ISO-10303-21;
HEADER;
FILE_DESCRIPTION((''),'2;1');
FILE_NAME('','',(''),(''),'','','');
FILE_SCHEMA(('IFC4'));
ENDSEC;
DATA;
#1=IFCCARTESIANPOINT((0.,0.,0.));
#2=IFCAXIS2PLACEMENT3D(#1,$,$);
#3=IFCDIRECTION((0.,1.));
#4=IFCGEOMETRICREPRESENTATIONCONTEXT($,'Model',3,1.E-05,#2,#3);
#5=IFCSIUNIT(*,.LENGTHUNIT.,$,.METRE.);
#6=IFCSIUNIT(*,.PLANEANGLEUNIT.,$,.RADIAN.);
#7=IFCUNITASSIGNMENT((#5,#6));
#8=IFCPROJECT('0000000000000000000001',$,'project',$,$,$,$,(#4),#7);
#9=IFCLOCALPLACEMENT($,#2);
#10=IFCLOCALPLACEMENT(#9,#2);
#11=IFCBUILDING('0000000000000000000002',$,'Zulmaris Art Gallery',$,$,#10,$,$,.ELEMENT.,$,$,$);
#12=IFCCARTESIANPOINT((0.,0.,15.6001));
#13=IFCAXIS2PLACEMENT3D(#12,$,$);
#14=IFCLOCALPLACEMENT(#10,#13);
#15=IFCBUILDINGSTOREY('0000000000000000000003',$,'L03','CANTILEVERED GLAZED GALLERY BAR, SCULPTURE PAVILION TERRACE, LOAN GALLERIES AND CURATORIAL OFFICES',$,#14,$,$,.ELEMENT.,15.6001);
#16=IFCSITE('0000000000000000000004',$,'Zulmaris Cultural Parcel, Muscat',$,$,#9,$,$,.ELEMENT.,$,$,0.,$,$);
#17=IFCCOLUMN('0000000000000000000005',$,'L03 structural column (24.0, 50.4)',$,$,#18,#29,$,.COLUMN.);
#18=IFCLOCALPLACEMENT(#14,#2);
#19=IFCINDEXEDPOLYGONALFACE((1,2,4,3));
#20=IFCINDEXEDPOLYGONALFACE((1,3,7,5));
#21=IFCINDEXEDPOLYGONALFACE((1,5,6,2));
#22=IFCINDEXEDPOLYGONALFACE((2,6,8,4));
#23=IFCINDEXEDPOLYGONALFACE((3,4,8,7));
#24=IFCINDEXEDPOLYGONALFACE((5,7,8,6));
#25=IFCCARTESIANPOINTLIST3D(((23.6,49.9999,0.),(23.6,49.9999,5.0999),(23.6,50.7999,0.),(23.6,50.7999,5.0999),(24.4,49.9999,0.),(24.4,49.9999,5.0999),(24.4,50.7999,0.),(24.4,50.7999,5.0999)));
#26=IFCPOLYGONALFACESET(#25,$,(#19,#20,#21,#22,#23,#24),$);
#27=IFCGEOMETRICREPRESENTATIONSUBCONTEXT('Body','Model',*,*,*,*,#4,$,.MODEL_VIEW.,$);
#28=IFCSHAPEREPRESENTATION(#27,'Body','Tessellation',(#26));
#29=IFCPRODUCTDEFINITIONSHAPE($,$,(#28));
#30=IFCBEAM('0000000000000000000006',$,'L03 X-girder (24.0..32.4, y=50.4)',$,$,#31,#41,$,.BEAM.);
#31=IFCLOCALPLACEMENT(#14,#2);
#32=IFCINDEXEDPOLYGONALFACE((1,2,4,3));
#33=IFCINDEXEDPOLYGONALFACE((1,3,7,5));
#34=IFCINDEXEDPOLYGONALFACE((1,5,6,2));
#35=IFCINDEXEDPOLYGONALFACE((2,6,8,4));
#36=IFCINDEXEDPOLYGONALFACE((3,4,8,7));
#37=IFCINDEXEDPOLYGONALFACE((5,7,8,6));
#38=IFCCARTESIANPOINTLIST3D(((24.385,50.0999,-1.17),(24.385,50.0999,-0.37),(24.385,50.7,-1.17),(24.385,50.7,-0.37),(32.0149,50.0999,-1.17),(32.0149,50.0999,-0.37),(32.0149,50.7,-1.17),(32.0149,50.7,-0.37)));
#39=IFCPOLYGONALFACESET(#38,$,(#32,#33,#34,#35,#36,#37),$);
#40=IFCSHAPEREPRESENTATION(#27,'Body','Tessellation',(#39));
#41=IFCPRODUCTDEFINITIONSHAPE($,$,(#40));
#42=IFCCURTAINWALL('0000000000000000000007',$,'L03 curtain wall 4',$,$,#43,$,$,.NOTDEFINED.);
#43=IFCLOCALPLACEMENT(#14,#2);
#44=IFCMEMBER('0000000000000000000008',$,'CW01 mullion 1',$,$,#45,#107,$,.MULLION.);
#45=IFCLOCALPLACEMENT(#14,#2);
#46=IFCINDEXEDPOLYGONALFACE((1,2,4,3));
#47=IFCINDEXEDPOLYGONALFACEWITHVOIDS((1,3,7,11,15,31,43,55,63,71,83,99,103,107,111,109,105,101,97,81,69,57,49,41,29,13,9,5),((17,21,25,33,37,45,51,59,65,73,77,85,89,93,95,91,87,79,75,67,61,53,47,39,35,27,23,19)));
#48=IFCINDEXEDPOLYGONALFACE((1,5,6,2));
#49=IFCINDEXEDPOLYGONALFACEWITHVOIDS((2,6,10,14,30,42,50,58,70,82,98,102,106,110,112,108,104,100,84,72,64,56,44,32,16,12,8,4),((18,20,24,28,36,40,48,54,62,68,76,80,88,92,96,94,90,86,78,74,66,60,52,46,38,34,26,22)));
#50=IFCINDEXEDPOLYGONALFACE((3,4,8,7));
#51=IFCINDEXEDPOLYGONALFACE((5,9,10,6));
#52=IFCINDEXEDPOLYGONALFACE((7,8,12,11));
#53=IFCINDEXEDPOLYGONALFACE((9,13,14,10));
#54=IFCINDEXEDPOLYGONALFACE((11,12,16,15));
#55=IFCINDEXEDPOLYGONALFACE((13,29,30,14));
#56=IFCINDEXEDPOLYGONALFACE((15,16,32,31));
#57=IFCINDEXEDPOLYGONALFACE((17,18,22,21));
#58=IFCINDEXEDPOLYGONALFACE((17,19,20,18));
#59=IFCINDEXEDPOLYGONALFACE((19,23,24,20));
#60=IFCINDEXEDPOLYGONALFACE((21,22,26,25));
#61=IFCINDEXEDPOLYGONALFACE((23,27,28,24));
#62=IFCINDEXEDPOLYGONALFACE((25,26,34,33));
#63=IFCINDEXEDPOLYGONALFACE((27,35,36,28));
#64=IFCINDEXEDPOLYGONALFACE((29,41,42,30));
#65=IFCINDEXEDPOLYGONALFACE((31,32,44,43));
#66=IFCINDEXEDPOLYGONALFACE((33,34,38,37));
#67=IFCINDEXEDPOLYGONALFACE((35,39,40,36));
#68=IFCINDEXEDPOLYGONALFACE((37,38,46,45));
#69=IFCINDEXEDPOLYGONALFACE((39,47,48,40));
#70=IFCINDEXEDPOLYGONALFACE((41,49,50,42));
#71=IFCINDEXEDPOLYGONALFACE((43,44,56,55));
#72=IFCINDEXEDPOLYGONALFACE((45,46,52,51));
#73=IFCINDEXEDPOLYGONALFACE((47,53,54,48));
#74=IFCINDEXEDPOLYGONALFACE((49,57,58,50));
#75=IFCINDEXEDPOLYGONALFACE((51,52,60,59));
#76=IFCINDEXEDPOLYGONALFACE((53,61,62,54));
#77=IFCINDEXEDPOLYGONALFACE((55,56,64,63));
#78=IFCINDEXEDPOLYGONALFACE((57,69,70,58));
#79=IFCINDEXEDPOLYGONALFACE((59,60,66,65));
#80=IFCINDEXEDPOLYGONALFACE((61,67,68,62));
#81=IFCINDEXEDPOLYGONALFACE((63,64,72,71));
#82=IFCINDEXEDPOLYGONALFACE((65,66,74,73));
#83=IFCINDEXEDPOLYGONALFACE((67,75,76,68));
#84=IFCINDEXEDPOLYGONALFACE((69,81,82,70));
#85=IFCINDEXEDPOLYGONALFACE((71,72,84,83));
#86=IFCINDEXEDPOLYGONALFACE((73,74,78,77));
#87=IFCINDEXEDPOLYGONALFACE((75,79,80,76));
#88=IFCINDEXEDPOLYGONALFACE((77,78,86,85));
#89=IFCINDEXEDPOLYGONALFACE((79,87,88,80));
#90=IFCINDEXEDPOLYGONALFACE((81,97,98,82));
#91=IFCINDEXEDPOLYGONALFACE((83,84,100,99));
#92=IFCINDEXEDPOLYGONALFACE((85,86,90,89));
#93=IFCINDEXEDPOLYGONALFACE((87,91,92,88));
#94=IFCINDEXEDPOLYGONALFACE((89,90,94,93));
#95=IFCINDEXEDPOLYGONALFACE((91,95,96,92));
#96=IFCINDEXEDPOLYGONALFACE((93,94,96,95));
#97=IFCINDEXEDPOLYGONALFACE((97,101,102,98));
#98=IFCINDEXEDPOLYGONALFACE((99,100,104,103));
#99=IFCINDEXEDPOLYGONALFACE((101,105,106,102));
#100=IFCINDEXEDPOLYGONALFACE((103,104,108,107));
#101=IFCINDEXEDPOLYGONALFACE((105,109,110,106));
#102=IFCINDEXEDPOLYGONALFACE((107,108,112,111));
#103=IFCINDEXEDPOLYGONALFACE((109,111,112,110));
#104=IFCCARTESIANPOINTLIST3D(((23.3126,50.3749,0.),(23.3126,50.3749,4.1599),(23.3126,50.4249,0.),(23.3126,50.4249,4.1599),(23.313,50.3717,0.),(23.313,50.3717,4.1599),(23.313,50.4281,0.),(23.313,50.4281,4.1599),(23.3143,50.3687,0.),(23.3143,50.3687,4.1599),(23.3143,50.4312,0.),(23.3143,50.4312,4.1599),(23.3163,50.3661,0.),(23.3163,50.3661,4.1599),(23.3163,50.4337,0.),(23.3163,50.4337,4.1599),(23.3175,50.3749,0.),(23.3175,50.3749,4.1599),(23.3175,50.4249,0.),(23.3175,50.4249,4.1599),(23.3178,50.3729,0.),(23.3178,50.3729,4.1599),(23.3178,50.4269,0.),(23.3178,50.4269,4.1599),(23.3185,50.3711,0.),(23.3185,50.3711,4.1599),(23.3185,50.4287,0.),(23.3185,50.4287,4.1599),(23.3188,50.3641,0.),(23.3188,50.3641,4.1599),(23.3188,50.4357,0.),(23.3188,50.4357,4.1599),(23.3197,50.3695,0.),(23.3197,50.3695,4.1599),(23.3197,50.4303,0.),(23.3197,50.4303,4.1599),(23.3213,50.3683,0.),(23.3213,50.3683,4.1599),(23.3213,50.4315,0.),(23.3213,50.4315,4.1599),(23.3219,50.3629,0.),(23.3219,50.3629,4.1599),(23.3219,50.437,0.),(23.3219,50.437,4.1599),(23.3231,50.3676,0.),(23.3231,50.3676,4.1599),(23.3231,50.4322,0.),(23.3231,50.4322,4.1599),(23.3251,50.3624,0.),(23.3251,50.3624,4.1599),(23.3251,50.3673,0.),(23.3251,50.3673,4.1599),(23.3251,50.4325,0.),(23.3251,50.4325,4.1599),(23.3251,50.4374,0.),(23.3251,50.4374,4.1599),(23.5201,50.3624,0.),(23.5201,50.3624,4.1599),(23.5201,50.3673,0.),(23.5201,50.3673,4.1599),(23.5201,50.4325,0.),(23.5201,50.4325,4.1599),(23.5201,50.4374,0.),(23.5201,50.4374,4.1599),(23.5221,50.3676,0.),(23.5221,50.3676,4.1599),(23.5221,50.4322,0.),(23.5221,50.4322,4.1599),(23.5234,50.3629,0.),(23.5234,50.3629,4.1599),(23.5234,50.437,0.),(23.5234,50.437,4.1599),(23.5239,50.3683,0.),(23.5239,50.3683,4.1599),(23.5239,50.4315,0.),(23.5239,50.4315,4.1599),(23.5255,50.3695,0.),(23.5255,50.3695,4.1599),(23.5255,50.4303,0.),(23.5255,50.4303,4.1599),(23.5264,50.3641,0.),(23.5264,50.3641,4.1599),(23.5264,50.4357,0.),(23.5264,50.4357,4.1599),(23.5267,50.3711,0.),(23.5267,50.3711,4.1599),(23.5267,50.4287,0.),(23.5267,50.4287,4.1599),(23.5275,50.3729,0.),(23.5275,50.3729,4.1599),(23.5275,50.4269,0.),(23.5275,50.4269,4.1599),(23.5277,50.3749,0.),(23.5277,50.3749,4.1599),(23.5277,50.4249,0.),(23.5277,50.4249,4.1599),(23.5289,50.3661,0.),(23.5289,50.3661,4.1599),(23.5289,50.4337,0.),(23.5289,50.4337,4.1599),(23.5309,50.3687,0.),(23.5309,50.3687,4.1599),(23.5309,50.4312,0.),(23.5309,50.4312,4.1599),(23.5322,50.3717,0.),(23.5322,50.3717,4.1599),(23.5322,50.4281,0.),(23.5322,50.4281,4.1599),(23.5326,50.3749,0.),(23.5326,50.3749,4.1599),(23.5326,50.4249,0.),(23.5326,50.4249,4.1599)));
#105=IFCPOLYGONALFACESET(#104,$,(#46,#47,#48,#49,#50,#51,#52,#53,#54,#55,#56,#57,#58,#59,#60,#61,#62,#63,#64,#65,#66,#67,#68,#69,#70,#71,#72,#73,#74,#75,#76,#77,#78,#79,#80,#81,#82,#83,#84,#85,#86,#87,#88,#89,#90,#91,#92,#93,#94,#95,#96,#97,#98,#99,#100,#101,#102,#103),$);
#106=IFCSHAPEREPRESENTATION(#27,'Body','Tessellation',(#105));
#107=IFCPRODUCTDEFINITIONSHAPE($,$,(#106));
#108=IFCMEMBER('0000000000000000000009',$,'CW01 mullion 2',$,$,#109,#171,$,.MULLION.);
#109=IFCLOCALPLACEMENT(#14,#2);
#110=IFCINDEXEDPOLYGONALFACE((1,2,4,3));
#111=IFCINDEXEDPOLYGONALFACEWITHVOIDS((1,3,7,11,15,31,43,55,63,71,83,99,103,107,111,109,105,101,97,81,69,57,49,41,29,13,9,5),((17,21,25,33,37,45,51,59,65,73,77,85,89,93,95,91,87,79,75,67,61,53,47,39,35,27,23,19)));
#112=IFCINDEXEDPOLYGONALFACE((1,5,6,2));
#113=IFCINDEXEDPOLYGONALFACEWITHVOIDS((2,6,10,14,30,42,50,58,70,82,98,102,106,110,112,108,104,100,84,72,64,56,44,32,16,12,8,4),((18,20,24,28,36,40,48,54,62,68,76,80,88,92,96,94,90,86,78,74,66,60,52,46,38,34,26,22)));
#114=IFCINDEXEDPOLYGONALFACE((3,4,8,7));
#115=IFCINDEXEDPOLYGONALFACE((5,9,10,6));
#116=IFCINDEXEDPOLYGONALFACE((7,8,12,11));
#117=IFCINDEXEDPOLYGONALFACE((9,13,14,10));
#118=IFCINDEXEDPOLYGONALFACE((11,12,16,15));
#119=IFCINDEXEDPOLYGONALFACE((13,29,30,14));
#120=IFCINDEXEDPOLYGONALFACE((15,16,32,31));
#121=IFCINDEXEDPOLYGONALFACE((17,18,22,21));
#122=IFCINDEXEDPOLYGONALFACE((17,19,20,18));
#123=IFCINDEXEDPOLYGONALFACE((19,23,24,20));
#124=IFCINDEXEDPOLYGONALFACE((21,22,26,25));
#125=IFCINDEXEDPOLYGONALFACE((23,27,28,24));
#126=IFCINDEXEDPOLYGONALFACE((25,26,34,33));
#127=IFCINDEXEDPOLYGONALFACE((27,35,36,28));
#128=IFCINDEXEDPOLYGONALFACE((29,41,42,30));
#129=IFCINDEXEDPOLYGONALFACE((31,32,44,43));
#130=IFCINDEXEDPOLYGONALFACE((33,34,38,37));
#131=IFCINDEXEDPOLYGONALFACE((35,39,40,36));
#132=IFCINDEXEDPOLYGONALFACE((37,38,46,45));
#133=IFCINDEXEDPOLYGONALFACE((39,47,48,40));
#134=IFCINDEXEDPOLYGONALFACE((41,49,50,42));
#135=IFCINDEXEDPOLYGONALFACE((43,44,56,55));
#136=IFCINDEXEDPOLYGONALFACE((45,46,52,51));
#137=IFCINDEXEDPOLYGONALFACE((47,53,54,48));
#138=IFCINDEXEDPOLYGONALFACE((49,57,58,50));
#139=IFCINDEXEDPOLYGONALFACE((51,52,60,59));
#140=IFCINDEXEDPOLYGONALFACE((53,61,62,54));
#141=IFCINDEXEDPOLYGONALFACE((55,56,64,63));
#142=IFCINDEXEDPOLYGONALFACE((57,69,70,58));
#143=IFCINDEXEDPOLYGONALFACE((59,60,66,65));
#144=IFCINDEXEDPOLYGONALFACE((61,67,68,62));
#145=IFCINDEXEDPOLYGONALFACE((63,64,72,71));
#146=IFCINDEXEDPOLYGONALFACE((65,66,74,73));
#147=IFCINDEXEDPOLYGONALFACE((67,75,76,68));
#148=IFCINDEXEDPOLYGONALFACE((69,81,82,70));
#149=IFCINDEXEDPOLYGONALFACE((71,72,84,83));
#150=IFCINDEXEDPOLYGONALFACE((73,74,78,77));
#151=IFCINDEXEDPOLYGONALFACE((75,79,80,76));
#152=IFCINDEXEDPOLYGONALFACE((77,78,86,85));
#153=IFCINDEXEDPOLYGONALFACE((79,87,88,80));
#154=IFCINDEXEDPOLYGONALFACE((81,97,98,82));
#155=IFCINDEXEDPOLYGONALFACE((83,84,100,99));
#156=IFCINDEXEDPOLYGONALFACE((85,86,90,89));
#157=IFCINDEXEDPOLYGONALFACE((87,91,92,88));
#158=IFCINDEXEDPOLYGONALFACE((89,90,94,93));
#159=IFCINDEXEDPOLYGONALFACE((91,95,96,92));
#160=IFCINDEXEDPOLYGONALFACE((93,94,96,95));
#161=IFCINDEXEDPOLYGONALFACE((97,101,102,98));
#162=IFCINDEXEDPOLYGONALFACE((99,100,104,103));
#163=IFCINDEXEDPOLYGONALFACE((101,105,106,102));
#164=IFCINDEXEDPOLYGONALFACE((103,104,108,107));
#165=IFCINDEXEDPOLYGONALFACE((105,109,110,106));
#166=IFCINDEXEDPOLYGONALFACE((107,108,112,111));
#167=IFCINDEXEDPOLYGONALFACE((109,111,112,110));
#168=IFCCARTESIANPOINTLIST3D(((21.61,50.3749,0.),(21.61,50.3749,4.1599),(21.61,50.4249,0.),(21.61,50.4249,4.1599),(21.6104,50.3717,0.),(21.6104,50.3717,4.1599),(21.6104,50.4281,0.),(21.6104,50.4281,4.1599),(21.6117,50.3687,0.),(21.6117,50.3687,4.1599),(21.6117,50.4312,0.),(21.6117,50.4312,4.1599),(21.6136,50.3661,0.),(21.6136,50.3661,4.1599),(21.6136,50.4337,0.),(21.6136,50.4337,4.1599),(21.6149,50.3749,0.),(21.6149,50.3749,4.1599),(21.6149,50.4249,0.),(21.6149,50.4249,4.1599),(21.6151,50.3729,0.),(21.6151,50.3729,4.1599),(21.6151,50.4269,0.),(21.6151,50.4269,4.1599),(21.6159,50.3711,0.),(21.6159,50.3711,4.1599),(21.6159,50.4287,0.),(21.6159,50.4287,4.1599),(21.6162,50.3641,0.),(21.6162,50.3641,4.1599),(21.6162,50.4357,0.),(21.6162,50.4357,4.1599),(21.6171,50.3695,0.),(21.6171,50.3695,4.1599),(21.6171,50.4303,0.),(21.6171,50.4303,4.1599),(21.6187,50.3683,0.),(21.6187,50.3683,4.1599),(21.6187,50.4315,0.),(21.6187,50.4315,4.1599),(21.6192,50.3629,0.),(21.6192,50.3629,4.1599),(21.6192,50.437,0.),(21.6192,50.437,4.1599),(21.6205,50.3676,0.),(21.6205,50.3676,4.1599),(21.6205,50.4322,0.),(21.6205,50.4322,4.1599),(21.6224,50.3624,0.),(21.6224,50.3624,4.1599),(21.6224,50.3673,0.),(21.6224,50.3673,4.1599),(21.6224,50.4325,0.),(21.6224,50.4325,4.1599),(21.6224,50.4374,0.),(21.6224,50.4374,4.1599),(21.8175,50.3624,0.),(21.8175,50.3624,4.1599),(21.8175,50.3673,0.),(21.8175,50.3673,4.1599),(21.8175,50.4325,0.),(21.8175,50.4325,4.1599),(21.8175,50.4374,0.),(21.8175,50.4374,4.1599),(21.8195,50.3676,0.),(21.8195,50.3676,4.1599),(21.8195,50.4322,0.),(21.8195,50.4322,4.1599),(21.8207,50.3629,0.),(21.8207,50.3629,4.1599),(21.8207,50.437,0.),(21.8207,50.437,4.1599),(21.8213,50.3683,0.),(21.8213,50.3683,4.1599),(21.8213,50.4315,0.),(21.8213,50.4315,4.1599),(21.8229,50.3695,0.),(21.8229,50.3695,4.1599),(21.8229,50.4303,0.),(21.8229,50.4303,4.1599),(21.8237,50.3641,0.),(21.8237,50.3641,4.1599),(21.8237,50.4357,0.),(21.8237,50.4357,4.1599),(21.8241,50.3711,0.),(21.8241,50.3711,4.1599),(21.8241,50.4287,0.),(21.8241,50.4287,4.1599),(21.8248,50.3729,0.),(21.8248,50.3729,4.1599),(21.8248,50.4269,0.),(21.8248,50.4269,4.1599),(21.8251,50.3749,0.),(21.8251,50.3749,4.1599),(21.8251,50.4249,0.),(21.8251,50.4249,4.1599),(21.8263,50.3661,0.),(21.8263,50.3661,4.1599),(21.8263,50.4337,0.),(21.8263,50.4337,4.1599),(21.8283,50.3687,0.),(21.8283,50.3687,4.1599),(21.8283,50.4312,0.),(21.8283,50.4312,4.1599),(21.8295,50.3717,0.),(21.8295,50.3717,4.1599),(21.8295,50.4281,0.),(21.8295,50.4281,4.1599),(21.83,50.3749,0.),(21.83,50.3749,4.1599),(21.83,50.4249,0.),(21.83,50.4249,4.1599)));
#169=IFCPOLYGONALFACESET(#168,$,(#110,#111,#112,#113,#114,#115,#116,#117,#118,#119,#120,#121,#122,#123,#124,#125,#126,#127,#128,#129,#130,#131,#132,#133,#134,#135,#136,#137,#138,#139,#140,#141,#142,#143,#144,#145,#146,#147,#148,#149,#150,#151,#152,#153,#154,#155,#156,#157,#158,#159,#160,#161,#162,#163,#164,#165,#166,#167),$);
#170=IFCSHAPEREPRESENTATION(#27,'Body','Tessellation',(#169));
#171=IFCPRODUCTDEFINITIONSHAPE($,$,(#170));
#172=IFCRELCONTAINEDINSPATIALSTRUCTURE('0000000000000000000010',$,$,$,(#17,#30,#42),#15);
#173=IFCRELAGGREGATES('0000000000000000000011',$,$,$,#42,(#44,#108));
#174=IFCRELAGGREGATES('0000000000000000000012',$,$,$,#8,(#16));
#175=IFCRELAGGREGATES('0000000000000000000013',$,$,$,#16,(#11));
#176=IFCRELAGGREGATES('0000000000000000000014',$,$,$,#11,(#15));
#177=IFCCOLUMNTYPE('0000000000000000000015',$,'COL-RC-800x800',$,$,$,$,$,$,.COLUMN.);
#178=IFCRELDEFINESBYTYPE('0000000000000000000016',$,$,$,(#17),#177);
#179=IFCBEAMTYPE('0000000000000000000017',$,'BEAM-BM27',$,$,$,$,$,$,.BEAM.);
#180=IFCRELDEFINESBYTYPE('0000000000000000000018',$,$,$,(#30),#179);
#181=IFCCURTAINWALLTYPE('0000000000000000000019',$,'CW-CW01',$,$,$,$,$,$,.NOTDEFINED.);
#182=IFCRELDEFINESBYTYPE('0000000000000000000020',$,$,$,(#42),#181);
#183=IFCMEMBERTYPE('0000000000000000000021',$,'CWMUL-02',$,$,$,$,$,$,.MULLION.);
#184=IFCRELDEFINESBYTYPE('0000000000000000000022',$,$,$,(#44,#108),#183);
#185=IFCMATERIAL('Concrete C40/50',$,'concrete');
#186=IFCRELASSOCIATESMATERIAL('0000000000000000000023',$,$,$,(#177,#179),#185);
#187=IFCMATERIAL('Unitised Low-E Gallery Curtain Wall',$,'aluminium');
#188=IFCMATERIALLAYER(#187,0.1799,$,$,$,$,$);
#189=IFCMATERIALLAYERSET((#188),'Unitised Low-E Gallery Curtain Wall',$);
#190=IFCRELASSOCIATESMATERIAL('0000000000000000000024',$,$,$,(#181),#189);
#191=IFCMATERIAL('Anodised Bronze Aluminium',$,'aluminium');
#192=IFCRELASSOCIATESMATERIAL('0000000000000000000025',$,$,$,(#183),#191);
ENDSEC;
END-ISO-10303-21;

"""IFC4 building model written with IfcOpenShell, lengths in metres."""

from ifc_helpers import new_model, si_unit, direction, frame, origin, origin_2d, place, context, subcontext, project, spatial, rectangle, hollow_rectangle, extrude, material, layer, layer_set, material_profile, profile_set, type_object, element, aggregate, save


model = new_model("IFC4")

# Units and contexts
model_context = context("Model", 3, precision=1e-05, world=origin(), true_north=direction((0.0, 1.0)))
body_context = subcontext(model_context, "Body", "Model", "MODEL_VIEW")
ifc_project = project(units=[si_unit("LENGTHUNIT", "METRE"), si_unit("PLANEANGLEUNIT", "RADIAN")], contexts=[model_context])

# Site, building, storey
site_placement = place(None, origin())
site = spatial("IfcSite", under=ifc_project, at=site_placement, Name="Zulmaris Cultural Parcel, Muscat", CompositionType="ELEMENT", RefElevation=0.0)
building_placement = place(site_placement, origin())
building = spatial("IfcBuilding", under=site, at=building_placement, Name="Zulmaris Art Gallery", CompositionType="ELEMENT")
storey_placement = place(building_placement, frame((0.0, 0.0, 15.6001)))
storey = spatial("IfcBuildingStorey", under=building, at=storey_placement, Name="L03", Description="CANTILEVERED GLAZED GALLERY BAR, SCULPTURE PAVILION TERRACE, LOAN GALLERIES AND CURATORIAL OFFICES", CompositionType="ELEMENT", Elevation=15.6001)

# Column
ifc_material_1 = material(Name="Concrete C40/50", Category="concrete")
ifc_material_profile_1 = material_profile(ifc_material_1, rectangle(XDim=0.8, YDim=0.8, at=origin_2d()), Name="RC 800x800")
ifc_profile_set_1 = profile_set([ifc_material_profile_1], Name="Concrete C40/50")
column_type = type_object("IfcColumnType", Name="COL-RC-800x800", PredefinedType="COLUMN", material=ifc_profile_set_1)
column_placement = place(storey_placement, frame((24.0, 50.3999, 0.0), z_axis=(0.0, 0.0, 1.0), x_axis=(1.0, 0.0, 0.0)))
element("IfcColumn", 1, at=column_placement, inside=storey, type_object=column_type, Name="L03 structural column (24.0, 50.4)", PredefinedType="COLUMN", context=body_context, shape_type="SweptSolid", body=[
    extrude(rectangle(XDim=0.8, YDim=0.8, at=origin_2d()), origin(), (0.0, 0.0, 1.0), 5.0999),
])

# Beam
ifc_material_profile_2 = material_profile(ifc_material_1, rectangle(XDim=0.6001, YDim=0.8, at=origin_2d()), Name="RC 600x800")
ifc_profile_set_2 = profile_set([ifc_material_profile_2], Name="Concrete C40/50")
beam_type = type_object("IfcBeamType", Name="BEAM-BM27", PredefinedType="BEAM", material=ifc_profile_set_2)
beam_placement = place(storey_placement, frame((24.385, 50.3999, -0.77), z_axis=(1.0, 0.0, 0.0), x_axis=(0.0, 1.0, 0.0)))
element("IfcBeam", 2, at=beam_placement, inside=storey, type_object=beam_type, Name="L03 X-girder (24.0..32.4, y=50.4)", PredefinedType="BEAM", context=body_context, shape_type="SweptSolid", body=[
    extrude(rectangle(XDim=0.6001, YDim=0.8, at=origin_2d()), origin(), (0.0, 0.0, 1.0), 7.6299),
])

# Curtain wall, members
ifc_material_2 = material(Name="Unitised Low-E Gallery Curtain Wall", Category="aluminium")
ifc_layer_1 = layer(ifc_material_2, 0.1799)
ifc_layer_set_1 = layer_set([ifc_layer_1], Name="Unitised Low-E Gallery Curtain Wall")
curtain_wall_type = type_object("IfcCurtainWallType", Name="CW-CW01", PredefinedType="NOTDEFINED", material=ifc_layer_set_1)
curtain_wall_1_placement = place(storey_placement, origin())
curtain_wall_1 = element("IfcCurtainWall", 3, at=curtain_wall_1_placement, inside=storey, type_object=curtain_wall_type, Name="L03 curtain wall 4", PredefinedType="NOTDEFINED")
ifc_material_3 = material(Name="Anodised Bronze Aluminium", Category="aluminium")
ifc_material_profile_3 = material_profile(ifc_material_3, hollow_rectangle(XDim=0.075, YDim=0.22, WallThickness=0.0049, InnerFilletRadius=0.0076, OuterFilletRadius=0.0125, at=origin_2d()), Name="ALU 75x220x5")
ifc_profile_set_3 = profile_set([ifc_material_profile_3], Name="Anodised Bronze Aluminium")
member_type_1 = type_object("IfcMemberType", Name="CWMUL-02", PredefinedType="MULLION", material=ifc_profile_set_3)
member_1_placement = place(storey_placement, frame((23.4226, 50.3999, 0.0), z_axis=(0.0, 0.0, 1.0), x_axis=(0.0, -1.0, 0.0)))
member_1 = element("IfcMember", 4, at=member_1_placement, type_object=member_type_1, Name="CW01 mullion 1", PredefinedType="MULLION", context=body_context, shape_type="SweptSolid", body=[
    extrude(hollow_rectangle(XDim=0.075, YDim=0.22, WallThickness=0.0049, InnerFilletRadius=0.0076, OuterFilletRadius=0.0125, at=origin_2d()), origin(), (0.0, 0.0, 1.0), 4.1599),
])
member_2_placement = place(storey_placement, frame((21.72, 50.3999, 0.0), z_axis=(0.0, 0.0, 1.0), x_axis=(0.0, -1.0, 0.0)))
member_2 = element("IfcMember", 5, at=member_2_placement, type_object=member_type_1, Name="CW01 mullion 2", PredefinedType="MULLION", context=body_context, shape_type="SweptSolid", body=[
    extrude(hollow_rectangle(XDim=0.075, YDim=0.22, WallThickness=0.0049, InnerFilletRadius=0.0076, OuterFilletRadius=0.0125, at=origin_2d()), origin(), (0.0, 0.0, 1.0), 4.1599),
])

aggregate(curtain_wall_1, [member_1, member_2])

save(model, "model.ifc")
